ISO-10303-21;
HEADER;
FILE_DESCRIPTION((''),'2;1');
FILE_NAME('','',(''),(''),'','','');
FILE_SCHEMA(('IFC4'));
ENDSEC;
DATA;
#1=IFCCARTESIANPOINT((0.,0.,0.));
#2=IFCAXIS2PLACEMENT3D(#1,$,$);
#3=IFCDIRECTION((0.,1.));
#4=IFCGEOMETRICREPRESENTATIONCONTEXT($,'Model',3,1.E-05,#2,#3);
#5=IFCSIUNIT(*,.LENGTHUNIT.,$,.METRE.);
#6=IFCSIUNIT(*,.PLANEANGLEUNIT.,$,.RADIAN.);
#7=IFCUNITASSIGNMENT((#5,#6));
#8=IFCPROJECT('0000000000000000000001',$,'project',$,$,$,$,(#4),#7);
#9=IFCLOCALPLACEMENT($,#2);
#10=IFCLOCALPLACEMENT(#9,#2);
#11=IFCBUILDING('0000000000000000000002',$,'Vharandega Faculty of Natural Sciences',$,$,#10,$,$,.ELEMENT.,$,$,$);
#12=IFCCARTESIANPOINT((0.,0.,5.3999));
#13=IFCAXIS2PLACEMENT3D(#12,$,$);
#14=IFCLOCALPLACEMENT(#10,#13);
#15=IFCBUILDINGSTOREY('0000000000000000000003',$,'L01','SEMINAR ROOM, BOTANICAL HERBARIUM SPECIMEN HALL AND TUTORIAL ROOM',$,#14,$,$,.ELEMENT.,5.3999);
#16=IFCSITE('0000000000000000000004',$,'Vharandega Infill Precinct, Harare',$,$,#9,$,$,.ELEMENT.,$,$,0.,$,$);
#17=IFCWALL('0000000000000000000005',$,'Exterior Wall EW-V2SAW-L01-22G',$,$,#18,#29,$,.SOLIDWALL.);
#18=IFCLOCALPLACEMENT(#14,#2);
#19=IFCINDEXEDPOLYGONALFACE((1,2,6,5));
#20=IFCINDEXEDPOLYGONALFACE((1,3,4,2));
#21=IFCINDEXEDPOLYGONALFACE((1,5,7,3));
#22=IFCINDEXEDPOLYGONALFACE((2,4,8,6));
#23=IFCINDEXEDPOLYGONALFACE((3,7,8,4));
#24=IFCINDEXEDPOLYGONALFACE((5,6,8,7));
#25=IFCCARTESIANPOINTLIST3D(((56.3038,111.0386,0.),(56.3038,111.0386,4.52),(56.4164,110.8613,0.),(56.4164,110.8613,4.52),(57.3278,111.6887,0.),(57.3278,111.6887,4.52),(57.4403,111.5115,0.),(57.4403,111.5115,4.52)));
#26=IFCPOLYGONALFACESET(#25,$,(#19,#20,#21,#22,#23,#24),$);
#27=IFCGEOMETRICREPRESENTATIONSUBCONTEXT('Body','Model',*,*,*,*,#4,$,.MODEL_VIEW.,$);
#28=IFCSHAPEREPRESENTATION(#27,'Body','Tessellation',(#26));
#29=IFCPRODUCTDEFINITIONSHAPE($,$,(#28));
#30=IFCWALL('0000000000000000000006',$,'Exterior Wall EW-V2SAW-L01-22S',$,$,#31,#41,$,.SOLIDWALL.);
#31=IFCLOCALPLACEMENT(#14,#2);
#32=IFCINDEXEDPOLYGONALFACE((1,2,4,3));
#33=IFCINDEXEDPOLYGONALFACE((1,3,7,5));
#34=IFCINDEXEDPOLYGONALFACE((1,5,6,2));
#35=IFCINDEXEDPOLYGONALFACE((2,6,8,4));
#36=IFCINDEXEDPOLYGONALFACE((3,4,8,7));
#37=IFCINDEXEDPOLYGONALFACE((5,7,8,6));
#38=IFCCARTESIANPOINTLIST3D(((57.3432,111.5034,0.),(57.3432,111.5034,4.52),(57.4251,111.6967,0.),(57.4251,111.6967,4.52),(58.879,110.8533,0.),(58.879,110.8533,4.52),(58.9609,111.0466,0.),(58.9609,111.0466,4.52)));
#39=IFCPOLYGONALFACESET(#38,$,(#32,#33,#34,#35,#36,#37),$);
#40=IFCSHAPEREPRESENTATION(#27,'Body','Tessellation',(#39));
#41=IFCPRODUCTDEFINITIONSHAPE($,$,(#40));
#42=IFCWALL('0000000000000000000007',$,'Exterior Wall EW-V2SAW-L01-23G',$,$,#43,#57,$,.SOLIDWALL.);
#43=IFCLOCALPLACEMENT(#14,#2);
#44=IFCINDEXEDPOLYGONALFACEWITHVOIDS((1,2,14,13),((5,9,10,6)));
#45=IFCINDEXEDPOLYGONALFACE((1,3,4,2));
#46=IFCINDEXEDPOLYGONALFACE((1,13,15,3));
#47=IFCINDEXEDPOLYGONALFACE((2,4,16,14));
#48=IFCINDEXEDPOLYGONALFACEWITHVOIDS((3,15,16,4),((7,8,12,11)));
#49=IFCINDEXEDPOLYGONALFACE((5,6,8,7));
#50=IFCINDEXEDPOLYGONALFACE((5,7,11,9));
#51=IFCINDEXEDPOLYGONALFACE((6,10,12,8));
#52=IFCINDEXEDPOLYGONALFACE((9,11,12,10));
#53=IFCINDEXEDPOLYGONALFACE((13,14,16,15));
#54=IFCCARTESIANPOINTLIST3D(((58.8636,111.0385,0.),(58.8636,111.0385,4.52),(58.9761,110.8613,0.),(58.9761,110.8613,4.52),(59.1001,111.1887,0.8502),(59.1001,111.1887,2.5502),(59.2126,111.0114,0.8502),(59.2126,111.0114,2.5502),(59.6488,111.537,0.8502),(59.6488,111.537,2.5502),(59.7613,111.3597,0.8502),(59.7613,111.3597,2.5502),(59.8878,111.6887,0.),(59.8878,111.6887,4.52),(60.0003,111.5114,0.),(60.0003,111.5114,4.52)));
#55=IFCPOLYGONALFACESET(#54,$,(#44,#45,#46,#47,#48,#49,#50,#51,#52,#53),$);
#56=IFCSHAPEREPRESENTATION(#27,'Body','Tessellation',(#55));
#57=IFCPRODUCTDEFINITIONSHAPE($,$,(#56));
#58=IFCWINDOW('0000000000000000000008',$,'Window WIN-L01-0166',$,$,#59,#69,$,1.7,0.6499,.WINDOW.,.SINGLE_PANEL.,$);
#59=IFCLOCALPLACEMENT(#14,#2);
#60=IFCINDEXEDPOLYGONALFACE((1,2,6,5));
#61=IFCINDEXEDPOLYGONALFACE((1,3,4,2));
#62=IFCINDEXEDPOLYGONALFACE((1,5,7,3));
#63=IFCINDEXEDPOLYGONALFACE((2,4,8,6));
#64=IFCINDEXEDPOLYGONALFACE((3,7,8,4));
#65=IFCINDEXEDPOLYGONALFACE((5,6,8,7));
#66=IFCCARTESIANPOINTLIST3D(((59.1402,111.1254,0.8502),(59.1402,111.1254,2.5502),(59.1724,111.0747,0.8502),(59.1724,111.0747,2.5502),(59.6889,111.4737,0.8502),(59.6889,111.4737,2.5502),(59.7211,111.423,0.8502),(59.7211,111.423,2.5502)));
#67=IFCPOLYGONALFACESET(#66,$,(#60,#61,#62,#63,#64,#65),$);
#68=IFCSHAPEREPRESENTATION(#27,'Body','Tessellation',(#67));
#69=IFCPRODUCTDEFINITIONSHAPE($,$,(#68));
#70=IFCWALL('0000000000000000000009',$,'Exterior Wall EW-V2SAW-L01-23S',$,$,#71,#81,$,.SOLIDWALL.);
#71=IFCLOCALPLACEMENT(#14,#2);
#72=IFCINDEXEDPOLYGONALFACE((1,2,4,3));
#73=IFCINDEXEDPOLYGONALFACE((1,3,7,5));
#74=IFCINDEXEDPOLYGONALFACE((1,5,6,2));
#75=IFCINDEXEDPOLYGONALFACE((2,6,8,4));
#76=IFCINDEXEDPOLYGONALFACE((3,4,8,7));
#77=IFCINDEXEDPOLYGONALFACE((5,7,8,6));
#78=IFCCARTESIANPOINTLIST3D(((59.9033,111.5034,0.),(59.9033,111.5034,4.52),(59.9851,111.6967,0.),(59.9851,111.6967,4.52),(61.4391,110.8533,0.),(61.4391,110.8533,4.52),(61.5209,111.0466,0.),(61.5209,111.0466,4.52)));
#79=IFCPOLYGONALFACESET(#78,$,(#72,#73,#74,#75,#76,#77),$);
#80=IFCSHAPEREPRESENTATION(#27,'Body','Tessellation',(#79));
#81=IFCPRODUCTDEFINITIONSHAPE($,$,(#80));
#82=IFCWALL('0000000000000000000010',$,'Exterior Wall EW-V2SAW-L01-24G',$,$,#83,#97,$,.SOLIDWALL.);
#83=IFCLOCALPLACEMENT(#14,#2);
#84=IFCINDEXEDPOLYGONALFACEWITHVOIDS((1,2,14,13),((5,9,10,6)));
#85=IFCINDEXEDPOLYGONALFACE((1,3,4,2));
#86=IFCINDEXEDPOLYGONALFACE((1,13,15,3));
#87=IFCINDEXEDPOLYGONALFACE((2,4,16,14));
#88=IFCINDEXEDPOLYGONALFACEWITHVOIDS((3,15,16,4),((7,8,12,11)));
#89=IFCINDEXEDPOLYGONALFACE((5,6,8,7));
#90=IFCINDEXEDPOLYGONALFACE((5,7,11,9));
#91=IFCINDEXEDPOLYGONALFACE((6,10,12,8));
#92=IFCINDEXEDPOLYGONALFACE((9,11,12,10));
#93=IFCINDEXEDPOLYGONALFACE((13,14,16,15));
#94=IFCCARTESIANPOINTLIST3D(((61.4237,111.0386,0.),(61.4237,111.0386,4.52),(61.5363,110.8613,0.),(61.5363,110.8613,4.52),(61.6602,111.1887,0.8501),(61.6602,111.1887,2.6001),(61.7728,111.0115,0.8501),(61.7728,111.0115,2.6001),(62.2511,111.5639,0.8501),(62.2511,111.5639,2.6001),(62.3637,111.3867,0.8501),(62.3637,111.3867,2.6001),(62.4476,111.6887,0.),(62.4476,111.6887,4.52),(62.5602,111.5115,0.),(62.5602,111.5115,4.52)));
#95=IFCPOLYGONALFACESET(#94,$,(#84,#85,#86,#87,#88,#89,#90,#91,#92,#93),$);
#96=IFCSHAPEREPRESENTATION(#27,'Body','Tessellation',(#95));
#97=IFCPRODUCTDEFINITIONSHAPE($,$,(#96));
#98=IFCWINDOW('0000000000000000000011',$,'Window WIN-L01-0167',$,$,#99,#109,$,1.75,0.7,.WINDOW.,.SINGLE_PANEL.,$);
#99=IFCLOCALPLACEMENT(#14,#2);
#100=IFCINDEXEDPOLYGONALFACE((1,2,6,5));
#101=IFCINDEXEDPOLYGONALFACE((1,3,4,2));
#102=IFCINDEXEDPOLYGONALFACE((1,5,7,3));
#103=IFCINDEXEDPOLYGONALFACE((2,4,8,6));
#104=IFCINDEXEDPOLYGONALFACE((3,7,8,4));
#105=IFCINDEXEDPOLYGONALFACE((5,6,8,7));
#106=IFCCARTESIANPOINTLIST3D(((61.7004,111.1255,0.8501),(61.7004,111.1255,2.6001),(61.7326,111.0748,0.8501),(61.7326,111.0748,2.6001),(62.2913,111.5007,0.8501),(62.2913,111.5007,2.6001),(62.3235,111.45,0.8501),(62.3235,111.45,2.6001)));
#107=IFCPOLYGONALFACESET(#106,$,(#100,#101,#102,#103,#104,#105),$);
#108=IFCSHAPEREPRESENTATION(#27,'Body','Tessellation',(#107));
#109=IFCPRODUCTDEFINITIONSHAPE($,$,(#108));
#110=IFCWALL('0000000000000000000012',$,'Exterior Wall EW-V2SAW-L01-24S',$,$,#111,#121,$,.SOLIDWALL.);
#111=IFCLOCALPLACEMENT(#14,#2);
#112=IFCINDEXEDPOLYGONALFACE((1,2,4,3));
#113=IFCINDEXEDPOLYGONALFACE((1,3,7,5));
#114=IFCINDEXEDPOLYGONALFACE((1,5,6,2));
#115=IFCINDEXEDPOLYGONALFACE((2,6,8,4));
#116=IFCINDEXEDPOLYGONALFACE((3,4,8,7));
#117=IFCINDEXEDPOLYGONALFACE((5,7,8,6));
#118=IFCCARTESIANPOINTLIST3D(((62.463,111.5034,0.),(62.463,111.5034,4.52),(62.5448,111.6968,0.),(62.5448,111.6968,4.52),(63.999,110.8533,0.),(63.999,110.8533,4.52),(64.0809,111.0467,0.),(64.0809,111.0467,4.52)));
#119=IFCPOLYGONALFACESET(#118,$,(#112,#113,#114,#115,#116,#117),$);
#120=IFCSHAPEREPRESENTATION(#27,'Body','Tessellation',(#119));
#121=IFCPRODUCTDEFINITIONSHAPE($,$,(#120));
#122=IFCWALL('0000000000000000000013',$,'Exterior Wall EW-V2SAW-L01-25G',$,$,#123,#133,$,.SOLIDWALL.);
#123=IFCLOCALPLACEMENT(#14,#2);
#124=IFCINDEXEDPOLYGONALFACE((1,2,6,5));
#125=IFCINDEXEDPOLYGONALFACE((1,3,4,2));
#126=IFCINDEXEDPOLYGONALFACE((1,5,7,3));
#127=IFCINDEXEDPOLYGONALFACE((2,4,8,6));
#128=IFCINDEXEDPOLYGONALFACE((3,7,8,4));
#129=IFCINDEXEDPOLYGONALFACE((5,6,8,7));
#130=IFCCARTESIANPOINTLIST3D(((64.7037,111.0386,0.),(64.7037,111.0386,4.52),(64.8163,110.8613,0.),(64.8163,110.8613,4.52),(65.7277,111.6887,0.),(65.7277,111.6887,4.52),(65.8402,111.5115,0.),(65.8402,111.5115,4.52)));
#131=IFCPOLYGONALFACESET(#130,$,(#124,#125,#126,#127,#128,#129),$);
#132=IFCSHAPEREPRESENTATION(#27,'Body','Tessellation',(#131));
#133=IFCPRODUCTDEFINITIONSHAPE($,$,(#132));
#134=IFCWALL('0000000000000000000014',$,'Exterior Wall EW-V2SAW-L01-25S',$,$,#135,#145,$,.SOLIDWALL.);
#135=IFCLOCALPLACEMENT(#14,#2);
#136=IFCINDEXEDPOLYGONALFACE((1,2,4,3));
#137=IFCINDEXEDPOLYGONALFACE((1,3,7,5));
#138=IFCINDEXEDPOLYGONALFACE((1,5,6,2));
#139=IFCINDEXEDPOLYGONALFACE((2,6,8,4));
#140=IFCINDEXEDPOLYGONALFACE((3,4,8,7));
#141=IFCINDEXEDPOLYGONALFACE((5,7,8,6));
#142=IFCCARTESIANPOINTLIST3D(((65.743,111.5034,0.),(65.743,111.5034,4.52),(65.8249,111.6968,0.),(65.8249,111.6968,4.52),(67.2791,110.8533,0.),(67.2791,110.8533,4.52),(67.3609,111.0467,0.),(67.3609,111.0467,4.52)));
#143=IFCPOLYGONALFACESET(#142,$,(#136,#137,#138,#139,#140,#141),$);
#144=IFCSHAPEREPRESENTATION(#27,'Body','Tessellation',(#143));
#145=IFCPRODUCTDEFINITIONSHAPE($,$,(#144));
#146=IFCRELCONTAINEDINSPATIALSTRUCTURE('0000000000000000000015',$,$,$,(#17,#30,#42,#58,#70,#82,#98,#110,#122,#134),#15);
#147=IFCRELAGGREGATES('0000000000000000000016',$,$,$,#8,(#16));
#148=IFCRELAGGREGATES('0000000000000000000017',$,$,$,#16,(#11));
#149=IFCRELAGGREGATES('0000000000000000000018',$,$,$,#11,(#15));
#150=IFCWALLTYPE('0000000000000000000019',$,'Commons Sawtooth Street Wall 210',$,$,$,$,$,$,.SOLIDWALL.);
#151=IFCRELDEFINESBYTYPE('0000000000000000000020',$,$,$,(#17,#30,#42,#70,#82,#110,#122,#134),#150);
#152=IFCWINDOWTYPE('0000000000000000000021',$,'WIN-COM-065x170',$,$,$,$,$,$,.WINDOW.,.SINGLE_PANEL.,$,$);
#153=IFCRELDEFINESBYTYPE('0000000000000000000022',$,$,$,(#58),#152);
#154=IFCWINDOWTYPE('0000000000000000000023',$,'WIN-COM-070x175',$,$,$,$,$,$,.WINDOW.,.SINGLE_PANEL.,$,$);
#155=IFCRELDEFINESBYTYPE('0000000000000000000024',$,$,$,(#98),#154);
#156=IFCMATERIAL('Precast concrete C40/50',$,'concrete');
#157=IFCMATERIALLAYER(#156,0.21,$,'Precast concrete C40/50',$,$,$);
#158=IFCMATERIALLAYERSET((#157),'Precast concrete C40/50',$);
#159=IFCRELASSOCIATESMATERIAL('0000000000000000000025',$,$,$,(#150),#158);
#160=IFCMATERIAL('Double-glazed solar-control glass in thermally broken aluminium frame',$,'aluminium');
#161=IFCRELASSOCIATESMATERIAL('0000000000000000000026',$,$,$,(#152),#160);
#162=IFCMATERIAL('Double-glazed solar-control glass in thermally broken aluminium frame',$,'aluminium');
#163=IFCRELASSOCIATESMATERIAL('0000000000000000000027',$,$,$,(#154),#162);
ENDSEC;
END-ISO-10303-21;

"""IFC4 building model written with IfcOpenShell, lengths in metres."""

from ifc_helpers import new_model, si_unit, direction, frame, frame_2d, origin, place, context, subcontext, project, spatial, rectangle, extrude, material, layer, layer_set, type_object, element, fill, save


model = new_model("IFC4")

# Units and contexts
model_context = context("Model", 3, precision=1e-05, world=origin(), true_north=direction((0.0, 1.0)))
body_context = subcontext(model_context, "Body", "Model", "MODEL_VIEW")
ifc_project = project(units=[si_unit("LENGTHUNIT", "METRE"), si_unit("PLANEANGLEUNIT", "RADIAN")], contexts=[model_context])

# Site, building, storey
site_placement = place(None, origin())
site = spatial("IfcSite", under=ifc_project, at=site_placement, Name="Vharandega Infill Precinct, Harare", CompositionType="ELEMENT", RefElevation=0.0)
building_placement = place(site_placement, origin())
building = spatial("IfcBuilding", under=site, at=building_placement, Name="Vharandega Faculty of Natural Sciences", CompositionType="ELEMENT")
storey_placement = place(building_placement, frame((0.0, 0.0, 5.3999)))
storey = spatial("IfcBuildingStorey", under=building, at=storey_placement, Name="L01", Description="SEMINAR ROOM, BOTANICAL HERBARIUM SPECIMEN HALL AND TUTORIAL ROOM", CompositionType="ELEMENT", Elevation=5.3999)

# Walls
ifc_material_1 = material(Name="Precast concrete C40/50", Category="concrete")
ifc_layer_1 = layer(ifc_material_1, 0.21, Name="Precast concrete C40/50")
ifc_layer_set_1 = layer_set([ifc_layer_1], Name="Precast concrete C40/50")
wall_type = type_object("IfcWallType", Name="Commons Sawtooth Street Wall 210", PredefinedType="SOLIDWALL", material=ifc_layer_set_1)
wall_1_placement = place(storey_placement, frame((56.3601, 110.95, 0.0), z_axis=(0.0, 0.0, 1.0), x_axis=(0.8442, 0.536029, 0.0)))
element("IfcWall", 1, at=wall_1_placement, inside=storey, type_object=wall_type, Name="Exterior Wall EW-V2SAW-L01-22G", PredefinedType="SOLIDWALL", context=body_context, shape_type="SweptSolid", body=[
    extrude(rectangle(XDim=1.2129, YDim=0.21, at=frame_2d((0.6064, 0.0))), origin(), (0.0, 0.0, 1.0), 4.52),
])
wall_2_placement = place(storey_placement, frame((57.384, 111.6001, 0.0), z_axis=(0.0, 0.0, 1.0), x_axis=(0.920892, -0.389817, 0.0)))
element("IfcWall", 2, at=wall_2_placement, inside=storey, type_object=wall_type, Name="Exterior Wall EW-V2SAW-L01-22S", PredefinedType="SOLIDWALL", context=body_context, shape_type="SweptSolid", body=[
    extrude(rectangle(XDim=1.6677, YDim=0.21, at=frame_2d((0.834, 0.0))), origin(), (0.0, 0.0, 1.0), 4.52),
])

# Wall, opening, window
wall_3_placement = place(storey_placement, frame((58.9199, 110.95, 0.0), z_axis=(0.0, 0.0, 1.0), x_axis=(0.844258, 0.535938, 0.0)))
wall_3 = element("IfcWall", 3, at=wall_3_placement, inside=storey, type_object=wall_type, Name="Exterior Wall EW-V2SAW-L01-23G", PredefinedType="SOLIDWALL", context=body_context, shape_type="SweptSolid", body=[
    extrude(rectangle(XDim=1.2131, YDim=0.21, at=frame_2d((0.6064, 0.0))), origin(), (0.0, 0.0, 1.0), 4.52),
])
opening_1_placement = place(wall_3_placement, frame((0.28, 0.0, 0.8501)))
opening_1 = element("IfcOpeningElement", 4, at=opening_1_placement, cuts=wall_3, PredefinedType="OPENING", context=body_context, shape_type="SweptSolid", body=[
    extrude(rectangle(XDim=0.6499, YDim=1.7, at=frame_2d((0.325, 0.8501))), frame((0.0, 0.115, 0.0), z_axis=(0.0, -1.0, 0.0), x_axis=(1.0, 0.0, 0.0)), (0.0, 0.0, 1.0), 0.23),
])
ifc_material_2 = material(Name="Double-glazed solar-control glass in thermally broken aluminium frame", Category="aluminium")
window_type_1 = type_object("IfcWindowType", Name="WIN-COM-065x170", PartitioningType="SINGLE_PANEL", PredefinedType="WINDOW", material=ifc_material_2)
window_1_placement = place(opening_1_placement, origin())
window_1 = element("IfcWindow", 5, at=window_1_placement, inside=storey, type_object=window_type_1, Name="Window WIN-L01-0166", OverallHeight=1.7, OverallWidth=0.6499, PartitioningType="SINGLE_PANEL", PredefinedType="WINDOW", context=body_context, shape_type="SweptSolid", body=[
    extrude(rectangle(XDim=0.6499, YDim=1.7, at=frame_2d((0.325, 0.8501))), frame((0.0, 0.03, 0.0), z_axis=(0.0, -1.0, 0.0), x_axis=(1.0, 0.0, 0.0)), (0.0, 0.0, 1.0), 0.0601),
])
fill(opening_1, window_1)

# Wall
wall_4_placement = place(storey_placement, frame((59.9441, 111.6001, 0.0), z_axis=(0.0, 0.0, 1.0), x_axis=(0.920892, -0.389817, 0.0)))
element("IfcWall", 6, at=wall_4_placement, inside=storey, type_object=wall_type, Name="Exterior Wall EW-V2SAW-L01-23S", PredefinedType="SOLIDWALL", context=body_context, shape_type="SweptSolid", body=[
    extrude(rectangle(XDim=1.6677, YDim=0.21, at=frame_2d((0.834, 0.0))), origin(), (0.0, 0.0, 1.0), 4.52),
])

# Wall, opening, window
wall_5_placement = place(storey_placement, frame((61.48, 110.95, 0.0), z_axis=(0.0, 0.0, 1.0), x_axis=(0.8442, 0.536029, 0.0)))
wall_5 = element("IfcWall", 7, at=wall_5_placement, inside=storey, type_object=wall_type, Name="Exterior Wall EW-V2SAW-L01-24G", PredefinedType="SOLIDWALL", context=body_context, shape_type="SweptSolid", body=[
    extrude(rectangle(XDim=1.2129, YDim=0.21, at=frame_2d((0.6064, 0.0))), origin(), (0.0, 0.0, 1.0), 4.52),
])
opening_2_placement = place(wall_5_placement, frame((0.28, 0.0, 0.8501)))
opening_2 = element("IfcOpeningElement", 8, at=opening_2_placement, cuts=wall_5, PredefinedType="OPENING", context=body_context, shape_type="SweptSolid", body=[
    extrude(rectangle(XDim=0.7, YDim=1.75, at=frame_2d((0.3501, 0.875))), frame((0.0, 0.115, 0.0), z_axis=(0.0, -1.0, 0.0), x_axis=(1.0, 0.0, 0.0)), (0.0, 0.0, 1.0), 0.23),
])
ifc_material_3 = material(Name="Double-glazed solar-control glass in thermally broken aluminium frame", Category="aluminium")
window_type_2 = type_object("IfcWindowType", Name="WIN-COM-070x175", PartitioningType="SINGLE_PANEL", PredefinedType="WINDOW", material=ifc_material_3)
window_2_placement = place(opening_2_placement, origin())
window_2 = element("IfcWindow", 9, at=window_2_placement, inside=storey, type_object=window_type_2, Name="Window WIN-L01-0167", OverallHeight=1.75, OverallWidth=0.7, PartitioningType="SINGLE_PANEL", PredefinedType="WINDOW", context=body_context, shape_type="SweptSolid", body=[
    extrude(rectangle(XDim=0.7, YDim=1.75, at=frame_2d((0.3501, 0.875))), frame((0.0, 0.03, 0.0), z_axis=(0.0, -1.0, 0.0), x_axis=(1.0, 0.0, 0.0)), (0.0, 0.0, 1.0), 0.0601),
])
fill(opening_2, window_2)

# Walls
wall_6_placement = place(storey_placement, frame((62.5039, 111.6001, 0.0), z_axis=(0.0, 0.0, 1.0), x_axis=(0.920915, -0.389764, 0.0)))
element("IfcWall", 10, at=wall_6_placement, inside=storey, type_object=wall_type, Name="Exterior Wall EW-V2SAW-L01-24S", PredefinedType="SOLIDWALL", context=body_context, shape_type="SweptSolid", body=[
    extrude(rectangle(XDim=1.668, YDim=0.21, at=frame_2d((0.834, 0.0))), origin(), (0.0, 0.0, 1.0), 4.52),
])
wall_7_placement = place(storey_placement, frame((64.76, 110.95, 0.0), z_axis=(0.0, 0.0, 1.0), x_axis=(0.8442, 0.536029, 0.0)))
element("IfcWall", 11, at=wall_7_placement, inside=storey, type_object=wall_type, Name="Exterior Wall EW-V2SAW-L01-25G", PredefinedType="SOLIDWALL", context=body_context, shape_type="SweptSolid", body=[
    extrude(rectangle(XDim=1.2129, YDim=0.21, at=frame_2d((0.6064, 0.0))), origin(), (0.0, 0.0, 1.0), 4.52),
])
wall_8_placement = place(storey_placement, frame((65.7839, 111.6001, 0.0), z_axis=(0.0, 0.0, 1.0), x_axis=(0.920915, -0.389764, 0.0)))
element("IfcWall", 12, at=wall_8_placement, inside=storey, type_object=wall_type, Name="Exterior Wall EW-V2SAW-L01-25S", PredefinedType="SOLIDWALL", context=body_context, shape_type="SweptSolid", body=[
    extrude(rectangle(XDim=1.668, YDim=0.21, at=frame_2d((0.834, 0.0))), origin(), (0.0, 0.0, 1.0), 4.52),
])

save(model, "model.ifc")
